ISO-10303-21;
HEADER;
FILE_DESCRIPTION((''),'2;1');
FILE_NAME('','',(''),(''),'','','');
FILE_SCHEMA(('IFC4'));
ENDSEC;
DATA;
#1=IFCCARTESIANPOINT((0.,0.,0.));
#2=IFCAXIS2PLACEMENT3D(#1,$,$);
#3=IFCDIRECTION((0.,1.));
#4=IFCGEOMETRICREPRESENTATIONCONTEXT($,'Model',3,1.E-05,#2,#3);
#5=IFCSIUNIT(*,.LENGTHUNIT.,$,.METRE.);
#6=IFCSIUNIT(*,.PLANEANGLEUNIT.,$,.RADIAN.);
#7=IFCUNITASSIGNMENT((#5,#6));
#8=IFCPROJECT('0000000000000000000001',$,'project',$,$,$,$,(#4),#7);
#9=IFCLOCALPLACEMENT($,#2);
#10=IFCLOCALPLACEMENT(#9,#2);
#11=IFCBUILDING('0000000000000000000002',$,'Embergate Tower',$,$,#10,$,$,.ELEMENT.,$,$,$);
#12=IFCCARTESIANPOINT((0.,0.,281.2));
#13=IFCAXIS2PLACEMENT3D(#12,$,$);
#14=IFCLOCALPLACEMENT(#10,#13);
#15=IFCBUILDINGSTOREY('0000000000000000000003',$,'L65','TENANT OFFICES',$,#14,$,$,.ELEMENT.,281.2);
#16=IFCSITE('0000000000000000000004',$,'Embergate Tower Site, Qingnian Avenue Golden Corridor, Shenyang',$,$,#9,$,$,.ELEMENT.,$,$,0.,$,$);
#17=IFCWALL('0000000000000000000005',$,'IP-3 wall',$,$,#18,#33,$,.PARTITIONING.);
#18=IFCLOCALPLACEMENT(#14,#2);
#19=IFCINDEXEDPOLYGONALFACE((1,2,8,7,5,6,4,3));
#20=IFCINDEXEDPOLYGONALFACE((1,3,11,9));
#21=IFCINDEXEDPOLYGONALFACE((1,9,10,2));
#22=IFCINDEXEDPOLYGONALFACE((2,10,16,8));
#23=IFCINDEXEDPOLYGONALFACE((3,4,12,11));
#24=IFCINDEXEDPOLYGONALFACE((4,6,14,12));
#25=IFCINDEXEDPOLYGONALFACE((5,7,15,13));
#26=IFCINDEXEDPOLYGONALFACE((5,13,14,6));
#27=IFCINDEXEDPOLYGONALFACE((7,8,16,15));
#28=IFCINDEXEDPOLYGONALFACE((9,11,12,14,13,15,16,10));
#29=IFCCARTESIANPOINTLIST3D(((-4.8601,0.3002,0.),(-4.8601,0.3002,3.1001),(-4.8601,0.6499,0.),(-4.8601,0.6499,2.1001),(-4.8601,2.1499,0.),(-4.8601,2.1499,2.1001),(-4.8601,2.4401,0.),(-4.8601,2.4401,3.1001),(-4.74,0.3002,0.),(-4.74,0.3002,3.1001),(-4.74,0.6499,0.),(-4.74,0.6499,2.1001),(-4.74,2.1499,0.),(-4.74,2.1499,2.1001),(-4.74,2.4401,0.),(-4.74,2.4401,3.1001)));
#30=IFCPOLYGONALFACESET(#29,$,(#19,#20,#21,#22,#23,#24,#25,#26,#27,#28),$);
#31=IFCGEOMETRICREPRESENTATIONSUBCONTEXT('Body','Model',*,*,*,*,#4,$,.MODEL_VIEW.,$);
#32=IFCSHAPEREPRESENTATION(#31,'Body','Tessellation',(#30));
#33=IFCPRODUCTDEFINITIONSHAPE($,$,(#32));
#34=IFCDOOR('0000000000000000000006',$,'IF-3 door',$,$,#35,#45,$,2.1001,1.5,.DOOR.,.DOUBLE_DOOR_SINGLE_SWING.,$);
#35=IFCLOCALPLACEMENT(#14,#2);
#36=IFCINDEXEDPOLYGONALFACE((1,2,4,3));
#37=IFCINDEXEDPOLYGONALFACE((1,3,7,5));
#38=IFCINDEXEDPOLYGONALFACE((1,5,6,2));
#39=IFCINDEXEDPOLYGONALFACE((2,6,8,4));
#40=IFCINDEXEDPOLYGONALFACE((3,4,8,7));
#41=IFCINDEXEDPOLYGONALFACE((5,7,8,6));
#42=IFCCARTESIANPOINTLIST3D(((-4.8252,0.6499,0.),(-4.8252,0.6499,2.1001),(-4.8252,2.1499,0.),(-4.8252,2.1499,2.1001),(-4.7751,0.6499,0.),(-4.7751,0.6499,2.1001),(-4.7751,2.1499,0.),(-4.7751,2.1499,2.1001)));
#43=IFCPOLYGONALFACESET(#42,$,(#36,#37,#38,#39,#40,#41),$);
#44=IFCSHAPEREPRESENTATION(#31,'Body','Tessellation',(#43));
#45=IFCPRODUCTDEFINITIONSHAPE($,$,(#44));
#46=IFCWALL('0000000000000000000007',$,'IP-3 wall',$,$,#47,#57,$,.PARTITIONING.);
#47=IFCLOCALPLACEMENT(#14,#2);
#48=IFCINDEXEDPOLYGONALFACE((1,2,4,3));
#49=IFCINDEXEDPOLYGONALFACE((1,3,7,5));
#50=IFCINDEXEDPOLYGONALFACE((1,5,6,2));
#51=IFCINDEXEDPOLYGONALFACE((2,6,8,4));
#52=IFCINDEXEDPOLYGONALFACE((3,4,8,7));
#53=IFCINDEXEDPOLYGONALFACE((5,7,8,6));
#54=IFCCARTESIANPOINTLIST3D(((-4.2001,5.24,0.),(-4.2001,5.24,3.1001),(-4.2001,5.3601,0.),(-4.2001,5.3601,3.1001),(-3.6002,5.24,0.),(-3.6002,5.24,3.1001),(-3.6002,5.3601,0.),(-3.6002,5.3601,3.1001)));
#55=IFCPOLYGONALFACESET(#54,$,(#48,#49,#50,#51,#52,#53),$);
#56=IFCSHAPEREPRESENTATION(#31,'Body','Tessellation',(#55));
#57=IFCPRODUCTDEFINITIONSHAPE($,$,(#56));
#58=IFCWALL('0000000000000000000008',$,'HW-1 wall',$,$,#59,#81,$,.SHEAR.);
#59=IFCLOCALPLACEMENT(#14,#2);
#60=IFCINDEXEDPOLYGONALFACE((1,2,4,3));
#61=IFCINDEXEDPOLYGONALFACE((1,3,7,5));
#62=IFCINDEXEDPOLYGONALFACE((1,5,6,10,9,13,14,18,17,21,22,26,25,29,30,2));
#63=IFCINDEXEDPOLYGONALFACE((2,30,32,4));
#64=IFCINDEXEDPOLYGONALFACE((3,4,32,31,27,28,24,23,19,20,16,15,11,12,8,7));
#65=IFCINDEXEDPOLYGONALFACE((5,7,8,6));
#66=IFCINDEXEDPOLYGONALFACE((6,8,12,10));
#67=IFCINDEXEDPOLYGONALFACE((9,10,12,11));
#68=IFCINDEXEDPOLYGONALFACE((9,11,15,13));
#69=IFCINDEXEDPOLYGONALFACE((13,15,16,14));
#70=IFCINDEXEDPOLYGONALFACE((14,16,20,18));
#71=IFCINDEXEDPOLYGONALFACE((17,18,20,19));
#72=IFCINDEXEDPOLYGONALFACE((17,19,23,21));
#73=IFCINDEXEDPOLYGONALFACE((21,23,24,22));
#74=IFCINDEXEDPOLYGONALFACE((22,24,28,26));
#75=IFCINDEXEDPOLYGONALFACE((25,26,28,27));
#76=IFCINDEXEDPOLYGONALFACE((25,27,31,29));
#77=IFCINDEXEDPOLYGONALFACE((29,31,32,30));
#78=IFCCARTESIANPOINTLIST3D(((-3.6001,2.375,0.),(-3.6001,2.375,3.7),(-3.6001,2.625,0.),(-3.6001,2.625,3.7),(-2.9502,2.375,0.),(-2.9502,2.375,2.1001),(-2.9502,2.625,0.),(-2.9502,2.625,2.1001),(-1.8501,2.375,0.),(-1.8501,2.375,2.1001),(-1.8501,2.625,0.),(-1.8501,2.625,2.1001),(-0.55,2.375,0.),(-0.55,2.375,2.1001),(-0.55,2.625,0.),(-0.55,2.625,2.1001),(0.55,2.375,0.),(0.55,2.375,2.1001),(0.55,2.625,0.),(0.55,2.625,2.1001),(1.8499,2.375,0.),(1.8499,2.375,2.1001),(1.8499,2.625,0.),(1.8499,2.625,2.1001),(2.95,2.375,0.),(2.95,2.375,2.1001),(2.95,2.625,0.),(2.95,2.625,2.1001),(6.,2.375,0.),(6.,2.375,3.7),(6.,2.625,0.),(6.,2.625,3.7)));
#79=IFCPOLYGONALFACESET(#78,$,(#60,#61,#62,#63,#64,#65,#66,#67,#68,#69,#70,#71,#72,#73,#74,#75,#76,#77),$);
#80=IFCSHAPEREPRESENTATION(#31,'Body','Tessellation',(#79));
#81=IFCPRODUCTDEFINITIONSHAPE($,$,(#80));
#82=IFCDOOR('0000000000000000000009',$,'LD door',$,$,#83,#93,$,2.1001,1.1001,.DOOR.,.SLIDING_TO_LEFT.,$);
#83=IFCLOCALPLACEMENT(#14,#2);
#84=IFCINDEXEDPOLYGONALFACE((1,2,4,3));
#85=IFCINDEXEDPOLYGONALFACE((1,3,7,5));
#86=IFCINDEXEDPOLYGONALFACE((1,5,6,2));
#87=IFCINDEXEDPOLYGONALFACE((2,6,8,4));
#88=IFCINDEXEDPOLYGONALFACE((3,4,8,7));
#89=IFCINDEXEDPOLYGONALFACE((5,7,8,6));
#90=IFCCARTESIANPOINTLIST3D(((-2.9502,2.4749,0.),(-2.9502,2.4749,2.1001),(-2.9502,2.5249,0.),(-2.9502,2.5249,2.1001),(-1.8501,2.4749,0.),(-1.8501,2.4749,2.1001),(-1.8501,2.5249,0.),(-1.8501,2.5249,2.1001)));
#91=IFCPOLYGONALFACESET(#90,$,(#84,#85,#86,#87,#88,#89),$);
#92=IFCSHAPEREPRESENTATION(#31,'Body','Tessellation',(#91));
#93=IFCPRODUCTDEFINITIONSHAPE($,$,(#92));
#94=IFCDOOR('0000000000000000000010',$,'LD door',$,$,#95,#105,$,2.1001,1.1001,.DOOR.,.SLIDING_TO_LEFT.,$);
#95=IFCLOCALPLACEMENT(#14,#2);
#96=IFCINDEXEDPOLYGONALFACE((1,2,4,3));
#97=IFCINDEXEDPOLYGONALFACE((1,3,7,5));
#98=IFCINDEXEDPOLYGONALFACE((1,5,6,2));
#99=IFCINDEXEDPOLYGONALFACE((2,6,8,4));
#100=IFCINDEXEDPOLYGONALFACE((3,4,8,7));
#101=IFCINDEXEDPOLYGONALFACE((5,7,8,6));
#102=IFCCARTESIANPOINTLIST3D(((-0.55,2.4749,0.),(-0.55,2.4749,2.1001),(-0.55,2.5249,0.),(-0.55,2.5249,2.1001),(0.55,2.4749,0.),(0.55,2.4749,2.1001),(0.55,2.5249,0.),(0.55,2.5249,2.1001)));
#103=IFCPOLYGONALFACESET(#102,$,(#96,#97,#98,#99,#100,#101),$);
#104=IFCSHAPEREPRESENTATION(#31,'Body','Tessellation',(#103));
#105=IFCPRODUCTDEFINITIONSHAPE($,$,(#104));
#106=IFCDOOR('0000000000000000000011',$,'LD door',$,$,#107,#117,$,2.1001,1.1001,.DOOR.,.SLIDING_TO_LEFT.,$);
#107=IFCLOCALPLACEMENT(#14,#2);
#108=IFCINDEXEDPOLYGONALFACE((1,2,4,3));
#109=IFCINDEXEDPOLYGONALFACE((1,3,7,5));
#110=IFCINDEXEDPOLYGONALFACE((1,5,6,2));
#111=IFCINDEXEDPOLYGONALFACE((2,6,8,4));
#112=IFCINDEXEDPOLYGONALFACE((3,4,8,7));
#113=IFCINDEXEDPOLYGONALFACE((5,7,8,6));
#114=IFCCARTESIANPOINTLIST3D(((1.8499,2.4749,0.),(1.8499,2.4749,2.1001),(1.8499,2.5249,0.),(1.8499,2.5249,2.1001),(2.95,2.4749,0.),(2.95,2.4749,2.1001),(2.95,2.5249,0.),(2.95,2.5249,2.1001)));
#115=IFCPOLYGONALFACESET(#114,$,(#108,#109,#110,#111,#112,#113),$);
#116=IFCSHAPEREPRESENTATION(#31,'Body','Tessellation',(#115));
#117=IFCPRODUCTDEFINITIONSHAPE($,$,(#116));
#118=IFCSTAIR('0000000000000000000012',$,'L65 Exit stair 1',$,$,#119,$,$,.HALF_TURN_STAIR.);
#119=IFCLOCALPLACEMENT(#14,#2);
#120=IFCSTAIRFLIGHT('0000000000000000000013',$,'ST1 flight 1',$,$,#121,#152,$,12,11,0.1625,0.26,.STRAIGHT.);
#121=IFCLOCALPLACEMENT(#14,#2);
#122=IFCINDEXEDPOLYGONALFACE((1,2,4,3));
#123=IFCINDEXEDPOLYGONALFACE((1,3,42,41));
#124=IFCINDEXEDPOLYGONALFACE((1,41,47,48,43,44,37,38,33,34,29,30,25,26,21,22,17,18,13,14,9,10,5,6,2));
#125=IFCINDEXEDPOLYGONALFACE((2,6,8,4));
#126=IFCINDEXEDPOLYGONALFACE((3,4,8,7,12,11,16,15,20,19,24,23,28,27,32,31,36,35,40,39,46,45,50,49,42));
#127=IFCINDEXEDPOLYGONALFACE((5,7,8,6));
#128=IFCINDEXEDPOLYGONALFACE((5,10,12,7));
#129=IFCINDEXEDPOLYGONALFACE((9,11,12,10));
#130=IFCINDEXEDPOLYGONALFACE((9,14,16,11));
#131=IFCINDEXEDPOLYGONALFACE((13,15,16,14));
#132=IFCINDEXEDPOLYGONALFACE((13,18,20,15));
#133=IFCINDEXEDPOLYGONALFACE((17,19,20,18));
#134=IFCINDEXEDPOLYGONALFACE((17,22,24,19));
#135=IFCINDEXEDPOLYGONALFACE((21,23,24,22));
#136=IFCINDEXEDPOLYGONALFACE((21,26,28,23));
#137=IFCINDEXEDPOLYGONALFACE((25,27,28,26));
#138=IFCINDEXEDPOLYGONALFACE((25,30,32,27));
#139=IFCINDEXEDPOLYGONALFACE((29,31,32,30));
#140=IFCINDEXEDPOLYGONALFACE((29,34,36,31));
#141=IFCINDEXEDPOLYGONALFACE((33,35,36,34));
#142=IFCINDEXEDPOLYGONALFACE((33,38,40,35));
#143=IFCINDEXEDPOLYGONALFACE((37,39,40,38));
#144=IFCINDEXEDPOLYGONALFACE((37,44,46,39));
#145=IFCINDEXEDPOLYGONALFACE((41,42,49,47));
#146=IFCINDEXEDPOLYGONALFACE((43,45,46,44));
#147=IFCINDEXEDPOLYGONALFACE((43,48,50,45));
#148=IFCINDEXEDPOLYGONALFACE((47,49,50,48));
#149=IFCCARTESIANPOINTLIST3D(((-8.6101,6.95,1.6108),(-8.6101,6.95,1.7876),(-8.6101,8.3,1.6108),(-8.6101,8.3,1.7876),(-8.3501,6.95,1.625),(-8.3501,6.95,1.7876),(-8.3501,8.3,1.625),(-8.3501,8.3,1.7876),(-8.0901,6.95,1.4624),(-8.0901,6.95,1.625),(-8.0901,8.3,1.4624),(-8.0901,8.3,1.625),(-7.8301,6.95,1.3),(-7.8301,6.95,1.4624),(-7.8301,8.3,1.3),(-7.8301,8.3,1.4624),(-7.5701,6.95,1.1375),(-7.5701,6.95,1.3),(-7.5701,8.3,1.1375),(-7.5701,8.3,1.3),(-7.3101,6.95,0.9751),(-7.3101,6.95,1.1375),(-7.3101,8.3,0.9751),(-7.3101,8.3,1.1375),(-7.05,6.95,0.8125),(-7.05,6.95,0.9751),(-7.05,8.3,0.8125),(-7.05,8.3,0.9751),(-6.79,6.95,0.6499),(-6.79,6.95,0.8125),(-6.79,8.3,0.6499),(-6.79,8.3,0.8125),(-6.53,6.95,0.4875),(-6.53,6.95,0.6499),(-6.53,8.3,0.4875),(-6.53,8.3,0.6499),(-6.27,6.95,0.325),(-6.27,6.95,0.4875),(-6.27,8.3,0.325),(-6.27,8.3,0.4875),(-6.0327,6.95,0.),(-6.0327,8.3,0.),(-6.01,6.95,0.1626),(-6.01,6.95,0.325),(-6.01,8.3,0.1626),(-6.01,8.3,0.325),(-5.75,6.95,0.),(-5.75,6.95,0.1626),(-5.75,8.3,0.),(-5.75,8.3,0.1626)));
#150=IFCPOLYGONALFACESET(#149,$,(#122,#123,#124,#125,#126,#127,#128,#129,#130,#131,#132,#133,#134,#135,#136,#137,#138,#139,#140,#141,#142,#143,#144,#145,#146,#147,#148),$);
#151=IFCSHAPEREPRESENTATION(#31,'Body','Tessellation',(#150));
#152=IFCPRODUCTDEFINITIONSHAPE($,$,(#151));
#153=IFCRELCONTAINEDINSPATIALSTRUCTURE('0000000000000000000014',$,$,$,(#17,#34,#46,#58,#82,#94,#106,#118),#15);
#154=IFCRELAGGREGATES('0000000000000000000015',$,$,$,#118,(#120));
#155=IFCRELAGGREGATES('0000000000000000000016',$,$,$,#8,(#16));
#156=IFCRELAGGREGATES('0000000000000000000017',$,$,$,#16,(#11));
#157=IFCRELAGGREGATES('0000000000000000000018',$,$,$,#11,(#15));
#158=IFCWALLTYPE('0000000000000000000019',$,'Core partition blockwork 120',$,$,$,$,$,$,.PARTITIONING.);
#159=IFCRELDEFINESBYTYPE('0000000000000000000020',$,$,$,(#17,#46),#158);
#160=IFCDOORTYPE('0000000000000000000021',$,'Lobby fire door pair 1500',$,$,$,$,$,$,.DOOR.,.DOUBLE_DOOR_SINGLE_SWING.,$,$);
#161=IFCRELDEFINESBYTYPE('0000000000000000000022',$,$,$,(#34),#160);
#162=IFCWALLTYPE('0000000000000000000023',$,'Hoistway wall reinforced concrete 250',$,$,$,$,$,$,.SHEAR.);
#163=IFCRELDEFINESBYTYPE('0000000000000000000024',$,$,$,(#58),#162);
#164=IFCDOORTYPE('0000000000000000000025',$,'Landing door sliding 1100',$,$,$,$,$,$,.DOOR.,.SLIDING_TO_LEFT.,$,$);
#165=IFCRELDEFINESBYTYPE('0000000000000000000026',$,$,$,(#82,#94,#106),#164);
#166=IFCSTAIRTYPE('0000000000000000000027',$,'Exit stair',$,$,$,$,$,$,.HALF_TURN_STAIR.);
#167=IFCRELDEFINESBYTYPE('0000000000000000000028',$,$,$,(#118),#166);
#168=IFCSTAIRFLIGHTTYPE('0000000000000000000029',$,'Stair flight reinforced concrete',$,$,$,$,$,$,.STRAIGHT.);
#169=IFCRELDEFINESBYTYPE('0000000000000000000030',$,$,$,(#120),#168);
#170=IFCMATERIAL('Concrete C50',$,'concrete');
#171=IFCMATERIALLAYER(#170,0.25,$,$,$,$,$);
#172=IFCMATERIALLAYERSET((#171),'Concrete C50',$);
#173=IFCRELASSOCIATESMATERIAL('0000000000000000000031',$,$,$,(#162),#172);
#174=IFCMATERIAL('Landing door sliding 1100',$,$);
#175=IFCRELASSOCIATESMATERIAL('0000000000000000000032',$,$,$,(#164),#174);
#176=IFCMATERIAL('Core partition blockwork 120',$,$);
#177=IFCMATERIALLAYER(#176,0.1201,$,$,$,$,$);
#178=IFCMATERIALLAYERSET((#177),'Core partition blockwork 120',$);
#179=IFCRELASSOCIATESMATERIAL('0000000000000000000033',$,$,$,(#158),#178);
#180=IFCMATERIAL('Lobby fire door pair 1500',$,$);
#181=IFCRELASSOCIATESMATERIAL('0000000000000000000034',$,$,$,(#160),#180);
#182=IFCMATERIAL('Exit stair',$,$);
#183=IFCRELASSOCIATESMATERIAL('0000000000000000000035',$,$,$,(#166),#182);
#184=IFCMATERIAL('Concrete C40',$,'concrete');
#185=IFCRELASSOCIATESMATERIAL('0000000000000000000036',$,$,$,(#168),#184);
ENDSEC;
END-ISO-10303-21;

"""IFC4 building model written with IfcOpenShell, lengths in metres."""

from ifc_helpers import new_model, si_unit, direction, frame, frame_2d, origin, place, context, subcontext, project, spatial, polyline, rectangle, outline, extrude, source, transform, mapped, material, layer, layer_set, type_object, element, fill, aggregate, save


model = new_model("IFC4")

# Units and contexts
model_context = context("Model", 3, precision=1e-05, world=origin(), true_north=direction((0.0, 1.0)))
body_context = subcontext(model_context, "Body", "Model", "MODEL_VIEW")
ifc_project = project(units=[si_unit("LENGTHUNIT", "METRE"), si_unit("PLANEANGLEUNIT", "RADIAN")], contexts=[model_context])

# Site, building, storey
site_placement = place(None, origin())
site = spatial("IfcSite", under=ifc_project, at=site_placement, Name="Embergate Tower Site, Qingnian Avenue Golden Corridor, Shenyang", CompositionType="ELEMENT", RefElevation=0.0)
building_placement = place(site_placement, origin())
building = spatial("IfcBuilding", under=site, at=building_placement, Name="Embergate Tower", CompositionType="ELEMENT")
storey_placement = place(building_placement, frame((0.0, 0.0, 281.2)))
storey = spatial("IfcBuildingStorey", under=building, at=storey_placement, Name="L65", Description="TENANT OFFICES", CompositionType="ELEMENT", Elevation=281.2)

# Shared definitions
ifc_material_1 = material(Name="Concrete C50", Category="concrete")
ifc_layer_1 = layer(ifc_material_1, 0.25)
ifc_layer_set_1 = layer_set([ifc_layer_1], Name="Concrete C50")
wall_type_1 = type_object("IfcWallType", Name="Hoistway wall reinforced concrete 250", PredefinedType="SHEAR", material=ifc_layer_set_1)

# Shared definitions
shared_shape_1 = source(origin(), body_context, "Body", "SweptSolid", [
    extrude(rectangle(XDim=1.1001, YDim=2.1001, at=frame_2d((0.55, 1.05))), frame((0.0, 0.135, 0.0), z_axis=(0.0, -1.0, 0.0), x_axis=(1.0, 0.0, 0.0)), (0.0, 0.0, 1.0), 0.27),
])
ifc_material_2 = material(Name="Landing door sliding 1100")
door_type_1 = type_object("IfcDoorType", Name="Landing door sliding 1100", OperationType="SLIDING_TO_LEFT", PredefinedType="DOOR", material=ifc_material_2)
shared_shape_2 = source(origin(), body_context, "Body", "SweptSolid", [
    extrude(rectangle(XDim=1.1001, YDim=2.1001, at=frame_2d((0.55, 1.05))), frame((0.0, 0.0249, 0.0), z_axis=(0.0, -1.0, 0.0), x_axis=(1.0, 0.0, 0.0)), (0.0, 0.0, 1.0), 0.05),
])

# Shared definitions
ifc_material_3 = material(Name="Core partition blockwork 120")
ifc_layer_2 = layer(ifc_material_3, 0.1201)
ifc_layer_set_2 = layer_set([ifc_layer_2], Name="Core partition blockwork 120")
wall_type_2 = type_object("IfcWallType", Name="Core partition blockwork 120", PredefinedType="PARTITIONING", material=ifc_layer_set_2)

# Wall, opening, door
shared_shape_3 = source(origin(), body_context, "Body", "SweptSolid", [
    extrude(rectangle(XDim=2.1399, YDim=0.1201, at=frame_2d((1.0698, 0.0))), origin(), (0.0, 0.0, 1.0), 3.1001),
])
wall_1_placement = place(storey_placement, frame((-4.8, 2.4399, 0.0), z_axis=(0.0, 0.0, 1.0), x_axis=(0.0, -1.0, 0.0)))
wall_1 = element("IfcWall", 1, at=wall_1_placement, inside=storey, type_object=wall_type_2, Name="IP-3 wall", PredefinedType="PARTITIONING", context=body_context, shape_type="MappedRepresentation", body=[
    mapped(shared_shape_3, transform((0.0, 0.0, 0.0))),
])
shared_shape_4 = source(origin(), body_context, "Body", "SweptSolid", [
    extrude(rectangle(XDim=1.5, YDim=2.1001, at=frame_2d((0.75, 1.05))), frame((0.0, 0.0701, 0.0), z_axis=(0.0, -1.0, 0.0), x_axis=(1.0, 0.0, 0.0)), (0.0, 0.0, 1.0), 0.1401),
])
opening_1_placement = place(wall_1_placement, frame((0.29, 0.0, 0.0)))
opening_1 = element("IfcOpeningElement", 2, at=opening_1_placement, cuts=wall_1, PredefinedType="OPENING", context=body_context, shape_type="MappedRepresentation", body=[
    mapped(shared_shape_4, transform((0.0, 0.0, 0.0))),
])
ifc_material_4 = material(Name="Lobby fire door pair 1500")
door_type_2 = type_object("IfcDoorType", Name="Lobby fire door pair 1500", OperationType="DOUBLE_DOOR_SINGLE_SWING", PredefinedType="DOOR", material=ifc_material_4)
shared_shape_5 = source(origin(), body_context, "Body", "SweptSolid", [
    extrude(rectangle(XDim=1.5, YDim=2.1001, at=frame_2d((0.75, 1.05))), frame((0.0, 0.0249, 0.0), z_axis=(0.0, -1.0, 0.0), x_axis=(1.0, 0.0, 0.0)), (0.0, 0.0, 1.0), 0.05),
])
door_1_placement = place(opening_1_placement, origin())
door_1 = element("IfcDoor", 3, at=door_1_placement, inside=storey, type_object=door_type_2, Name="IF-3 door", OperationType="DOUBLE_DOOR_SINGLE_SWING", OverallHeight=2.1001, OverallWidth=1.5, PredefinedType="DOOR", context=body_context, shape_type="MappedRepresentation", body=[
    mapped(shared_shape_5, transform((0.0, 0.0, 0.0))),
])
fill(opening_1, door_1)

# Wall
shared_shape_6 = source(origin(), body_context, "Body", "SweptSolid", [
    extrude(rectangle(XDim=0.5999, YDim=0.1201, at=frame_2d((0.2998, 0.0))), origin(), (0.0, 0.0, 1.0), 3.1001),
])
wall_2_placement = place(storey_placement, frame((-4.2, 5.3, 0.0), z_axis=(0.0, 0.0, 1.0), x_axis=(1.0, 0.0, 0.0)))
element("IfcWall", 4, at=wall_2_placement, inside=storey, type_object=wall_type_2, Name="IP-3 wall", PredefinedType="PARTITIONING", context=body_context, shape_type="MappedRepresentation", body=[
    mapped(shared_shape_6, transform((0.0, 0.0, 0.0))),
])

# Wall, openings, doors
shared_shape_7 = source(origin(), body_context, "Body", "SweptSolid", [
    extrude(rectangle(XDim=9.6001, YDim=0.25, at=frame_2d((4.8, 0.0))), origin(), (0.0, 0.0, 1.0), 3.7),
])
wall_3_placement = place(storey_placement, frame((-3.6001, 2.5, 0.0), z_axis=(0.0, 0.0, 1.0), x_axis=(1.0, 0.0, 0.0)))
wall_3 = element("IfcWall", 5, at=wall_3_placement, inside=storey, type_object=wall_type_1, Name="HW-1 wall", PredefinedType="SHEAR", context=body_context, shape_type="MappedRepresentation", body=[
    mapped(shared_shape_7, transform((0.0, 0.0, 0.0))),
])
opening_2_placement = place(wall_3_placement, frame((0.6499, 0.0, 0.0)))
opening_2 = element("IfcOpeningElement", 6, at=opening_2_placement, cuts=wall_3, PredefinedType="OPENING", context=body_context, shape_type="MappedRepresentation", body=[
    mapped(shared_shape_1, transform((0.0, 0.0, 0.0))),
])
opening_3_placement = place(wall_3_placement, frame((3.05, 0.0, 0.0)))
opening_3 = element("IfcOpeningElement", 7, at=opening_3_placement, cuts=wall_3, PredefinedType="OPENING", context=body_context, shape_type="MappedRepresentation", body=[
    mapped(shared_shape_1, transform((0.0, 0.0, 0.0))),
])
opening_4_placement = place(wall_3_placement, frame((5.45, 0.0, 0.0)))
opening_4 = element("IfcOpeningElement", 8, at=opening_4_placement, cuts=wall_3, PredefinedType="OPENING", context=body_context, shape_type="MappedRepresentation", body=[
    mapped(shared_shape_1, transform((0.0, 0.0, 0.0))),
])
door_2_placement = place(opening_2_placement, origin())
door_2 = element("IfcDoor", 9, at=door_2_placement, inside=storey, type_object=door_type_1, Name="LD door", OperationType="SLIDING_TO_LEFT", OverallHeight=2.1001, OverallWidth=1.1001, PredefinedType="DOOR", context=body_context, shape_type="MappedRepresentation", body=[
    mapped(shared_shape_2, transform((0.0, 0.0, 0.0))),
])
fill(opening_2, door_2)
door_3_placement = place(opening_3_placement, origin())
door_3 = element("IfcDoor", 10, at=door_3_placement, inside=storey, type_object=door_type_1, Name="LD door", OperationType="SLIDING_TO_LEFT", OverallHeight=2.1001, OverallWidth=1.1001, PredefinedType="DOOR", context=body_context, shape_type="MappedRepresentation", body=[
    mapped(shared_shape_2, transform((0.0, 0.0, 0.0))),
])
fill(opening_3, door_3)
door_4_placement = place(opening_4_placement, origin())
door_4 = element("IfcDoor", 11, at=door_4_placement, inside=storey, type_object=door_type_1, Name="LD door", OperationType="SLIDING_TO_LEFT", OverallHeight=2.1001, OverallWidth=1.1001, PredefinedType="DOOR", context=body_context, shape_type="MappedRepresentation", body=[
    mapped(shared_shape_2, transform((0.0, 0.0, 0.0))),
])
fill(opening_4, door_4)

# Stair, stair flight
ifc_material_5 = material(Name="Exit stair")
stair_type = type_object("IfcStairType", Name="Exit stair", PredefinedType="HALF_TURN_STAIR", material=ifc_material_5)
stair_placement = place(storey_placement, origin())
stair = element("IfcStair", 12, at=stair_placement, inside=storey, type_object=stair_type, Name="L65 Exit stair 1", PredefinedType="HALF_TURN_STAIR")
ifc_material_6 = material(Name="Concrete C40", Category="concrete")
stair_flight_type = type_object("IfcStairFlightType", Name="Stair flight reinforced concrete", PredefinedType="STRAIGHT", material=ifc_material_6)
shared_shape_8 = source(origin(), body_context, "Body", "SweptSolid", [
    extrude(outline(polyline([(0.0, 0.0), (0.0, 0.1626), (0.26, 0.1626), (0.26, 0.325), (0.52, 0.325), (0.52, 0.4875), (0.78, 0.4875), (0.78, 0.6499), (1.04, 0.6499), (1.04, 0.8125), (1.3, 0.8125), (1.3, 0.9751), (1.5601, 0.9751), (1.5601, 1.1375), (1.8201, 1.1375), (1.8201, 1.3), (2.0801, 1.3), (2.0801, 1.4624), (2.3401, 1.4624), (2.3401, 1.625), (2.6001, 1.625), (2.6001, 1.7876), (2.8601, 1.7876), (2.8601, 1.95), (2.8601, 1.6108), (0.2827, 0.0), (0.0, 0.0)])), frame((0.0, 0.675, 0.0), z_axis=(0.0, -1.0, 0.0), x_axis=(1.0, 0.0, 0.0)), (0.0, 0.0, 1.0), 1.3501),
])
stair_flight_placement = place(storey_placement, frame((-5.75, 7.625, 0.0), z_axis=(0.0, 0.0, 1.0), x_axis=(-1.0, 0.0, 0.0)))
stair_flight = element("IfcStairFlight", 13, at=stair_flight_placement, type_object=stair_flight_type, Name="ST1 flight 1", NumberOfRisers=12, NumberOfTreads=11, PredefinedType="STRAIGHT", RiserHeight=0.1625, TreadLength=0.26, context=body_context, shape_type="MappedRepresentation", body=[
    mapped(shared_shape_8, transform((0.0, 0.0, 0.0))),
])
aggregate(stair, [stair_flight])

save(model, "model.ifc")
